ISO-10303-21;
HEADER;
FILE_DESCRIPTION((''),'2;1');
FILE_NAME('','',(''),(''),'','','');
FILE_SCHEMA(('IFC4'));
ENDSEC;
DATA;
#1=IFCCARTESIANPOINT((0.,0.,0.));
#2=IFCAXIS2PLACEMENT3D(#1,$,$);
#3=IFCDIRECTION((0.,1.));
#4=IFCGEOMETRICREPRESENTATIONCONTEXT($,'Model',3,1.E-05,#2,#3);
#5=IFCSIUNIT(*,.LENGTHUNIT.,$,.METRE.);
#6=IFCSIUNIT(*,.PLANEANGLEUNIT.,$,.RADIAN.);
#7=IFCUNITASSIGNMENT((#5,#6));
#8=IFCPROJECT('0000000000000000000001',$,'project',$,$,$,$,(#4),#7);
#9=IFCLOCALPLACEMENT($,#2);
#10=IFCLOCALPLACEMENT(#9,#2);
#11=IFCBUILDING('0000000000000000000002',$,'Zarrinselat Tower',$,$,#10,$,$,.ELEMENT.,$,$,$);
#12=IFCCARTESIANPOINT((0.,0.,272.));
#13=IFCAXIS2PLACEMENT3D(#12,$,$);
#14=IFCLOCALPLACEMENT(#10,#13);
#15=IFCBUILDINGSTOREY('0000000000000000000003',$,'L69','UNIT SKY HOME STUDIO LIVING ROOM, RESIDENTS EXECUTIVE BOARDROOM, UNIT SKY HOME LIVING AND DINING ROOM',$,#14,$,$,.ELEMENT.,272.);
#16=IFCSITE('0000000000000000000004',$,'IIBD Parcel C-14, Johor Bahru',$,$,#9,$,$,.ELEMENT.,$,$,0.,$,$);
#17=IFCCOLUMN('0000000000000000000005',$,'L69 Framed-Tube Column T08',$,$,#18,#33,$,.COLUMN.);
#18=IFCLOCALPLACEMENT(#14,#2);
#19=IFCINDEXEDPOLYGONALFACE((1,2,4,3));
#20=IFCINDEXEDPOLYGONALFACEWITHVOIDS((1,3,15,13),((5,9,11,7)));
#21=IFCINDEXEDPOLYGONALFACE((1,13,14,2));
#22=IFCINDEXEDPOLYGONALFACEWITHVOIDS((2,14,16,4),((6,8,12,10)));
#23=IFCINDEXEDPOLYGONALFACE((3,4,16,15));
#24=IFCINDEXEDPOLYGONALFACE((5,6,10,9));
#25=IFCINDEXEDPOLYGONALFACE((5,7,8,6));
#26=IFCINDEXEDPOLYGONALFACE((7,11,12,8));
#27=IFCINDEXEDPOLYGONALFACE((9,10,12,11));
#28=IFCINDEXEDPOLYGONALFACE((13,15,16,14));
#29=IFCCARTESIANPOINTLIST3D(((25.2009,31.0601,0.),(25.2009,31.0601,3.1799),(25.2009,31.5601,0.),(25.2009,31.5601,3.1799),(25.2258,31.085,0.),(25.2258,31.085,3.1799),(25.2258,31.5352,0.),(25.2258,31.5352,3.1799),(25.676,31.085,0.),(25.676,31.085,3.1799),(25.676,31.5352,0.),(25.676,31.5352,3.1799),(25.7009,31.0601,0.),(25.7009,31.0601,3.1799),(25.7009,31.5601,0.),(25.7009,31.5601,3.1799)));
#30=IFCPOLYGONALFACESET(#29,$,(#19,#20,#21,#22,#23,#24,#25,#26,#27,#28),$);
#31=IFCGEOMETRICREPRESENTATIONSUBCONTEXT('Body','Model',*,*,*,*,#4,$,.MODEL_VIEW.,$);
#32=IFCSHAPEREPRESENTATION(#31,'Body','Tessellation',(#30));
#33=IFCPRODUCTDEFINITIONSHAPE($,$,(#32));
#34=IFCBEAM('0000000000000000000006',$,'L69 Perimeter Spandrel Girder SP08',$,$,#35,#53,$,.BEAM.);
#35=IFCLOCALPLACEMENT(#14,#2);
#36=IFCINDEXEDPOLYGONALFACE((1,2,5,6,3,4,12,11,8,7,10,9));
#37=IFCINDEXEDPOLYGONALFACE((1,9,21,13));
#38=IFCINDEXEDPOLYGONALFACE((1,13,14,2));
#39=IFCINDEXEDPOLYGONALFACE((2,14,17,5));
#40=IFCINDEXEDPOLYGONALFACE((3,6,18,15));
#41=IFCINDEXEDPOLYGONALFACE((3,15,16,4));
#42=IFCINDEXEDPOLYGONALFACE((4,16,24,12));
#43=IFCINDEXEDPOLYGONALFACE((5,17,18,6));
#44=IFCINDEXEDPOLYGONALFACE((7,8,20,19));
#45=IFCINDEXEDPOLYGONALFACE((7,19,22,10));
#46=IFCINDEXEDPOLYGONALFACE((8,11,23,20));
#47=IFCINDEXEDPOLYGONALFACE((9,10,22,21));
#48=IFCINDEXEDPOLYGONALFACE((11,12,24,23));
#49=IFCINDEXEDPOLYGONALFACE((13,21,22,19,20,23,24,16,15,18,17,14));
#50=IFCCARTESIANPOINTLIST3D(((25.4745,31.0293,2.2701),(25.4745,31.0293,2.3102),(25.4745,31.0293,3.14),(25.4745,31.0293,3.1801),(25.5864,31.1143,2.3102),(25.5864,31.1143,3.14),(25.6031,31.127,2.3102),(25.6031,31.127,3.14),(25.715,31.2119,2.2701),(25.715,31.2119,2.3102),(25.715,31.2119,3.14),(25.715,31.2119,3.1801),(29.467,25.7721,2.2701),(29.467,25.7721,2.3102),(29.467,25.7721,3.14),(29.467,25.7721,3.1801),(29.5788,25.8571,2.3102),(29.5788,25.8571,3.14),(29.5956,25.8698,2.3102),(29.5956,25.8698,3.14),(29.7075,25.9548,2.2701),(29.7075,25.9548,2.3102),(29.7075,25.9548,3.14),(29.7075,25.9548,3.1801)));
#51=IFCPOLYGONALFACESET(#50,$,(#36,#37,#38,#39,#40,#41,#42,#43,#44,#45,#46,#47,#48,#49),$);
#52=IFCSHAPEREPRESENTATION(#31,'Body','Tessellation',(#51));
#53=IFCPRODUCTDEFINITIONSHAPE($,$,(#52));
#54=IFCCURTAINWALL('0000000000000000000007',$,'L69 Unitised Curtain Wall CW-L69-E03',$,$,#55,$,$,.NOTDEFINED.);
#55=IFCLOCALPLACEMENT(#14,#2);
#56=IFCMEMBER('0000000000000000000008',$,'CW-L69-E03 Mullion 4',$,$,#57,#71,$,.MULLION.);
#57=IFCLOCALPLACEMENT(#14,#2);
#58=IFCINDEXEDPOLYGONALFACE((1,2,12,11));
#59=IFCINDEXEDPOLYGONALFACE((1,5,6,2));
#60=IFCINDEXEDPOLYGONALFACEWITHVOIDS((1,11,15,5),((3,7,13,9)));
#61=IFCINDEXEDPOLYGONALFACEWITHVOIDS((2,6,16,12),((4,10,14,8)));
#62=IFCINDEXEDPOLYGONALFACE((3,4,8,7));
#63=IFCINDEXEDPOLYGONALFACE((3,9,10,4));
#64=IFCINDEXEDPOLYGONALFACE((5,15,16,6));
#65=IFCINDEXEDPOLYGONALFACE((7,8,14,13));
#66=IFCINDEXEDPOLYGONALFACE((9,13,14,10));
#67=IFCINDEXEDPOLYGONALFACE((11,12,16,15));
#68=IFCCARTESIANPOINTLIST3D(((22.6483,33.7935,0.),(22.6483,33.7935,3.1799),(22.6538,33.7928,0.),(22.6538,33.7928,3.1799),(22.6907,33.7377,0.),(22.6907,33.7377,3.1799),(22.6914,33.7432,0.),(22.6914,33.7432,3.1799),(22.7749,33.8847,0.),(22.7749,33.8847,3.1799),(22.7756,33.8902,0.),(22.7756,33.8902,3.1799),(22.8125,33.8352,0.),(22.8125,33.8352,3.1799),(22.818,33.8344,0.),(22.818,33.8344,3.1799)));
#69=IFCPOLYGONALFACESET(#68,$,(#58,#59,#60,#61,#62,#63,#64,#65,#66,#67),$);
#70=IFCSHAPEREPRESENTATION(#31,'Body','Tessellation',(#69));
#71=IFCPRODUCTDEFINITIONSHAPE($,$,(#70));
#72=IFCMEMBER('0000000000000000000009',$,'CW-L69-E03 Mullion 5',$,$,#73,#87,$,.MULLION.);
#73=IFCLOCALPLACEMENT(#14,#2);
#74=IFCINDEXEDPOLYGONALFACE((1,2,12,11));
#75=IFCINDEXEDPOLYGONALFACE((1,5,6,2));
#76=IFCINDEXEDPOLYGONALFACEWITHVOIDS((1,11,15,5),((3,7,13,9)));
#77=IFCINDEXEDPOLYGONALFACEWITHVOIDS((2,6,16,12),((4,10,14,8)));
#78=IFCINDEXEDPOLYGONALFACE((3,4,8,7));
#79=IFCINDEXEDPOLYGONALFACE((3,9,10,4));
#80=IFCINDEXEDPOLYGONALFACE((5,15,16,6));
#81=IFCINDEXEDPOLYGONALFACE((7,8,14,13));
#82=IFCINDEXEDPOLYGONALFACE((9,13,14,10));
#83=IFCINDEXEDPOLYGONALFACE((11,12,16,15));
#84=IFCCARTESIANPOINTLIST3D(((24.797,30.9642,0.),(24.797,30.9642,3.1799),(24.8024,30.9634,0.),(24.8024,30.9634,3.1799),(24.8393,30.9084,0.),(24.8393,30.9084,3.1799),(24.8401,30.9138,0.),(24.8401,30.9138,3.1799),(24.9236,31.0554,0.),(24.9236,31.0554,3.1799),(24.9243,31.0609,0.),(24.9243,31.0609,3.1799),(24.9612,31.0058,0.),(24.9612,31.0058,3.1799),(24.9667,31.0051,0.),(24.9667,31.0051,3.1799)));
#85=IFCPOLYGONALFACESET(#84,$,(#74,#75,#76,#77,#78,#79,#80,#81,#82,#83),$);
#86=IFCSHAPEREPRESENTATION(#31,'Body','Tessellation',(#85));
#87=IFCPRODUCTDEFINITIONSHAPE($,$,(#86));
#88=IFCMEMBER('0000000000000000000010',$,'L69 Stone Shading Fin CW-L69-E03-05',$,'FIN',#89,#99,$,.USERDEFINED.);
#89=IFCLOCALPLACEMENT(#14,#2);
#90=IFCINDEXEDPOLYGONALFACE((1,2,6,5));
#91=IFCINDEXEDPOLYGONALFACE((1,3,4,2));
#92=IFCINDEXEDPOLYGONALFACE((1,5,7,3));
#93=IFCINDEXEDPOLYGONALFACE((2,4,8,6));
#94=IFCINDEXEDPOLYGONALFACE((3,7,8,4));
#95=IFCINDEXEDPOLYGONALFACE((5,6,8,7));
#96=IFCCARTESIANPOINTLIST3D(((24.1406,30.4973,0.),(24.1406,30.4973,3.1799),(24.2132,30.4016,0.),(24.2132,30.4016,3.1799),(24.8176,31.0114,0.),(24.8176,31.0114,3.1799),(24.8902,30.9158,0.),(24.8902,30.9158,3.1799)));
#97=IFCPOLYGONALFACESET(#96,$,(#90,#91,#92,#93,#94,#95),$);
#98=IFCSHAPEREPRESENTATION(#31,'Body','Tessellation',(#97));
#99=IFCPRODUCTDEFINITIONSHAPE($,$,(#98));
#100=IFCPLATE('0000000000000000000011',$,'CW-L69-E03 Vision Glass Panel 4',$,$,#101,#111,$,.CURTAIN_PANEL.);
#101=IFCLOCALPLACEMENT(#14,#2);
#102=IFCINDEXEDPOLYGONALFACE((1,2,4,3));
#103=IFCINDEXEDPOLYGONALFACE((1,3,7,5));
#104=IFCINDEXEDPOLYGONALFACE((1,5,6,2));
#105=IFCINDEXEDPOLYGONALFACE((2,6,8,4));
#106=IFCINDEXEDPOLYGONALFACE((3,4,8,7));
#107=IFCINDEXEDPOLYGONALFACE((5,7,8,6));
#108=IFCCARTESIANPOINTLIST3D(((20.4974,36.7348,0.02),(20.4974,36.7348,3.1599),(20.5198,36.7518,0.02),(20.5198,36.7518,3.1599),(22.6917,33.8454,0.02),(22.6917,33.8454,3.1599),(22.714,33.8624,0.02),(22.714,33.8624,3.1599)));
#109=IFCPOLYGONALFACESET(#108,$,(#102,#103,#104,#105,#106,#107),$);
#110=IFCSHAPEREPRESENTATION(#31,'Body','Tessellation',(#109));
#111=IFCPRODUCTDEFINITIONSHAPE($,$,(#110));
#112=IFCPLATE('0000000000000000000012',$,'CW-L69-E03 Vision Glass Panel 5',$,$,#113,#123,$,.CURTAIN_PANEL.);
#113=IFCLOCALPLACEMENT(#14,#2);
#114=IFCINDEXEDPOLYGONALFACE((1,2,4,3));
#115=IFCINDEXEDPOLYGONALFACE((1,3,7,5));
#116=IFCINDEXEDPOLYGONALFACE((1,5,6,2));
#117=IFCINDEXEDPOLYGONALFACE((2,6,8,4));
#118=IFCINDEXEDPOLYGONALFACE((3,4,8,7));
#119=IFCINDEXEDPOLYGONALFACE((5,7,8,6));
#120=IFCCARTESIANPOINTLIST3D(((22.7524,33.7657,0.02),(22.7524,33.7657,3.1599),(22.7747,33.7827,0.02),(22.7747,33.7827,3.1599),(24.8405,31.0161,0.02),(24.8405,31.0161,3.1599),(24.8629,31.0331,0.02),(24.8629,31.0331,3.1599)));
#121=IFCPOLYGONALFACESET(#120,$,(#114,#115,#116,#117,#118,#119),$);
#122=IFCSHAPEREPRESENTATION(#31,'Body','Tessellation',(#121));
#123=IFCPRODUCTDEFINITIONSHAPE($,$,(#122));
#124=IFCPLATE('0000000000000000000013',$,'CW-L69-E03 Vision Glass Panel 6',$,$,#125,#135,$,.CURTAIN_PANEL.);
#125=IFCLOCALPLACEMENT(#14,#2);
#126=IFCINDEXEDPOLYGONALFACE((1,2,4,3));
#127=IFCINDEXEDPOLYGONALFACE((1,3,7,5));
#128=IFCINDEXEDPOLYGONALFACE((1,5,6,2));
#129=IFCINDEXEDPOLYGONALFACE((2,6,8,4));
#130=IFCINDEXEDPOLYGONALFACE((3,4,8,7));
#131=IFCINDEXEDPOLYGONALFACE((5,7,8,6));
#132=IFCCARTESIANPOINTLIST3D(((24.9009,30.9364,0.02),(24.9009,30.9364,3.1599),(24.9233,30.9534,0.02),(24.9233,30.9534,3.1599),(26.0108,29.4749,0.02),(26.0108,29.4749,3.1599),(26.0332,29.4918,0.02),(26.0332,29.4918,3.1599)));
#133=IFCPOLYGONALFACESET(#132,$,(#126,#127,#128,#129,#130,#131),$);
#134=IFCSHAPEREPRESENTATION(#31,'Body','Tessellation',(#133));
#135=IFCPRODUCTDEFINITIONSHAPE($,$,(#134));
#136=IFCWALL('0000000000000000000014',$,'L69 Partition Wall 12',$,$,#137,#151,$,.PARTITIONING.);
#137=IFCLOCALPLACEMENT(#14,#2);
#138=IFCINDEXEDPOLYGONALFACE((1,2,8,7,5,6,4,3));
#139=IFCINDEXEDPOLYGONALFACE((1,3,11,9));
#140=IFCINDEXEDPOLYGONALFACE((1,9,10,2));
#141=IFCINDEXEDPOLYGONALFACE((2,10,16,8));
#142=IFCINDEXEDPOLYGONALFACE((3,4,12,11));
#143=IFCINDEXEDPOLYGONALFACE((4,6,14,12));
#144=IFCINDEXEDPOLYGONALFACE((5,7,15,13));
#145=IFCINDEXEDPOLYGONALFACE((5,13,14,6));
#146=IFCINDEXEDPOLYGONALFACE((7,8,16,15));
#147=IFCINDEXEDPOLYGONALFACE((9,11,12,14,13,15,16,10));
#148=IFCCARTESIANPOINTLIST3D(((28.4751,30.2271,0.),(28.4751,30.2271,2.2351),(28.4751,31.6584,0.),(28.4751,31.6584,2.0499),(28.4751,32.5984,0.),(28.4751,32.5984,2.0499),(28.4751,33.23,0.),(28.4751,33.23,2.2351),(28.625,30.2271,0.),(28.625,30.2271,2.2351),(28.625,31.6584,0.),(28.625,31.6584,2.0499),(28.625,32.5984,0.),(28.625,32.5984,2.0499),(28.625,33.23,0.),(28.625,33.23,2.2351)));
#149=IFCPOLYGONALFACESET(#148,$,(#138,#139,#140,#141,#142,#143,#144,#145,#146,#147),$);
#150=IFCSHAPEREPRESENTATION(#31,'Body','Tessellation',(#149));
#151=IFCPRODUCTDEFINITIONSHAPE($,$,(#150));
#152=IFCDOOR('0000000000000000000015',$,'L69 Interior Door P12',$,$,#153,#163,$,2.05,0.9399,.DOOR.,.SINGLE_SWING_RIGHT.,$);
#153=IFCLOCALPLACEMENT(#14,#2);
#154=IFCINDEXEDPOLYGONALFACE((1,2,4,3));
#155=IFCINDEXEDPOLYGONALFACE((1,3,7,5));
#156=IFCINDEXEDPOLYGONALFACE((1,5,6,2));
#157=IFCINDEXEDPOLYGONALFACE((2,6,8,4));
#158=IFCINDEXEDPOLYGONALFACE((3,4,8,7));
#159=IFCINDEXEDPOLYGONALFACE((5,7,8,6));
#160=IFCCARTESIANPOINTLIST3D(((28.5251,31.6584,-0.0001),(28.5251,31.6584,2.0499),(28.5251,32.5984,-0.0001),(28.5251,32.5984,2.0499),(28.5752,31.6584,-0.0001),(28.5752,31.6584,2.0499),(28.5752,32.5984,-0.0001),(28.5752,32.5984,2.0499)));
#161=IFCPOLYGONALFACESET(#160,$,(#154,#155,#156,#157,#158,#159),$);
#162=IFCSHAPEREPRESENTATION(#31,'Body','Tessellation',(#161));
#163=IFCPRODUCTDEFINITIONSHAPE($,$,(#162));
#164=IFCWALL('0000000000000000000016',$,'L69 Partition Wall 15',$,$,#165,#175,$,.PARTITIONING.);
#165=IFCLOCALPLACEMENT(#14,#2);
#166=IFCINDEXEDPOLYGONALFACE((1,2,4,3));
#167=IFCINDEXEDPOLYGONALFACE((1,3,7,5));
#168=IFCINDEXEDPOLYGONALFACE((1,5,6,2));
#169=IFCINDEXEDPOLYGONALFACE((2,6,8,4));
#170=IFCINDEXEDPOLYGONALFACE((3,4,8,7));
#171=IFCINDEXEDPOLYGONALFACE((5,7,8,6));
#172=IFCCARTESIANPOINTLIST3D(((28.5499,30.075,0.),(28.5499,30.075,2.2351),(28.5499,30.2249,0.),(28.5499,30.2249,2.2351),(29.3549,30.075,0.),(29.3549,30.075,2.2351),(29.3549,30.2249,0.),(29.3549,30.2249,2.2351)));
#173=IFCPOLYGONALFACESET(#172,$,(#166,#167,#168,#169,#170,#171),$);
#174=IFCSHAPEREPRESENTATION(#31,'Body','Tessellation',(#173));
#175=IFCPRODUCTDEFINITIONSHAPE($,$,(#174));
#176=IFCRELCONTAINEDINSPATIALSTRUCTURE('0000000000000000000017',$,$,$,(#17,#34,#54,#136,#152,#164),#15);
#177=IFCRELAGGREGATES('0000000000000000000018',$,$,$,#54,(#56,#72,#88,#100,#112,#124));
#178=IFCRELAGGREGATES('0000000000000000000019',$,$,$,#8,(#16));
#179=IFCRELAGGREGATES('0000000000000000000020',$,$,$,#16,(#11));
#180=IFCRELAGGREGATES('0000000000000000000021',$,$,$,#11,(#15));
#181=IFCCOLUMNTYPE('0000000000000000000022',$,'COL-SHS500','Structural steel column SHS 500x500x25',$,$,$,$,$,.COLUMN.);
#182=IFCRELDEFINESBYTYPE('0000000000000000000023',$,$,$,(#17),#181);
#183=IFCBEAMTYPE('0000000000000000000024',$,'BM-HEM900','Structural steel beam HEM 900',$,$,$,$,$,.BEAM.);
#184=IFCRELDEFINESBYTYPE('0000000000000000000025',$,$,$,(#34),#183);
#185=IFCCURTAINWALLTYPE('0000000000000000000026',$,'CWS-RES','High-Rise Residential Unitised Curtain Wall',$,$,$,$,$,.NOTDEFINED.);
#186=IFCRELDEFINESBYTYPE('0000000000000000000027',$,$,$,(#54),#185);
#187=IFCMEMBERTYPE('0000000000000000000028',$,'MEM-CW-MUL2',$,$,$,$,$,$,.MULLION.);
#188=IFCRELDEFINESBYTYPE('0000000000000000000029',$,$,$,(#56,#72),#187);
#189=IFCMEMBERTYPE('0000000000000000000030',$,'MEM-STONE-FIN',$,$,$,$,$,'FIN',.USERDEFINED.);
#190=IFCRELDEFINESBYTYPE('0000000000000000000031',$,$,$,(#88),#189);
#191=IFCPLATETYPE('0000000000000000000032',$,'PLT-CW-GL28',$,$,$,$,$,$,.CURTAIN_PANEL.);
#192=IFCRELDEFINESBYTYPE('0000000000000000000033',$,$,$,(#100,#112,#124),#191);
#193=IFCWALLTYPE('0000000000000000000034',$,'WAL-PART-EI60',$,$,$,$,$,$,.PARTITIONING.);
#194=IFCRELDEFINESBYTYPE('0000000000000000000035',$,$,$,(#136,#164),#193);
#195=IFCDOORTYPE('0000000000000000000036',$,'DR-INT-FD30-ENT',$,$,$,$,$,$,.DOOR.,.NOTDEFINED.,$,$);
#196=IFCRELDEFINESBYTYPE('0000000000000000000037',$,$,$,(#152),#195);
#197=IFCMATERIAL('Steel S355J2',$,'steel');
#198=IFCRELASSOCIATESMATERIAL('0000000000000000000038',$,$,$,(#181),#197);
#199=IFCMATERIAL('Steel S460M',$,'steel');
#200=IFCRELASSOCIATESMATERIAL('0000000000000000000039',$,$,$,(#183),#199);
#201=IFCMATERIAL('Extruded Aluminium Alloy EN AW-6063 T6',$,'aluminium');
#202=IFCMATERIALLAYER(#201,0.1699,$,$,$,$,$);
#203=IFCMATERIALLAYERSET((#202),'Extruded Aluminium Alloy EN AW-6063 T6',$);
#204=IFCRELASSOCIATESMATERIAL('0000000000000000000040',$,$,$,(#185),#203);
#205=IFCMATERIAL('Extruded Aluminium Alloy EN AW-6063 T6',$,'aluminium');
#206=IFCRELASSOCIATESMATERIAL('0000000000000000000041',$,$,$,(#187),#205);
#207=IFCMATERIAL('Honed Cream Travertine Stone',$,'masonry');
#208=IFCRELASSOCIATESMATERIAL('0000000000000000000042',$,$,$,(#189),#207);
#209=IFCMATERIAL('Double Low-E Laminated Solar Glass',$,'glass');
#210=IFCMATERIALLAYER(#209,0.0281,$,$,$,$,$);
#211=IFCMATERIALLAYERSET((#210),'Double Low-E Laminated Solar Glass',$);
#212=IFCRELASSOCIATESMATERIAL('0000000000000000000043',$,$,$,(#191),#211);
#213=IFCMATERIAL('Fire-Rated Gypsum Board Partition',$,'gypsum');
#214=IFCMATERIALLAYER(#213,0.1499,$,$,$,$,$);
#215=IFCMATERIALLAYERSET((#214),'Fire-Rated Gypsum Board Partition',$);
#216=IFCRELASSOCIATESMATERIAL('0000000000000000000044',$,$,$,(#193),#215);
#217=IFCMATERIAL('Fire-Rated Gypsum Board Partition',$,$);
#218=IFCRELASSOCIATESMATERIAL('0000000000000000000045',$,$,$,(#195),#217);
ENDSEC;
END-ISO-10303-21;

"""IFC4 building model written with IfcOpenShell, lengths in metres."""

from ifc_helpers import new_model, si_unit, direction, frame, frame_2d, origin, origin_2d, place, context, subcontext, project, spatial, rectangle, hollow_rectangle, i_section, extrude, material, layer, layer_set, material_profile, profile_set, type_object, element, fill, aggregate, save


model = new_model("IFC4")

# Units and contexts
model_context = context("Model", 3, precision=1e-05, world=origin(), true_north=direction((0.0, 1.0)))
body_context = subcontext(model_context, "Body", "Model", "MODEL_VIEW")
ifc_project = project(units=[si_unit("LENGTHUNIT", "METRE"), si_unit("PLANEANGLEUNIT", "RADIAN")], contexts=[model_context])

# Site, building, storey
site_placement = place(None, origin())
site = spatial("IfcSite", under=ifc_project, at=site_placement, Name="IIBD Parcel C-14, Johor Bahru", CompositionType="ELEMENT", RefElevation=0.0)
building_placement = place(site_placement, origin())
building = spatial("IfcBuilding", under=site, at=building_placement, Name="Zarrinselat Tower", CompositionType="ELEMENT")
storey_placement = place(building_placement, frame((0.0, 0.0, 272.0)))
storey = spatial("IfcBuildingStorey", under=building, at=storey_placement, Name="L69", Description="UNIT SKY HOME STUDIO LIVING ROOM, RESIDENTS EXECUTIVE BOARDROOM, UNIT SKY HOME LIVING AND DINING ROOM", CompositionType="ELEMENT", Elevation=272.0)

# Column
ifc_material_1 = material(Name="Steel S355J2", Category="steel")
ifc_material_profile_1 = material_profile(ifc_material_1, hollow_rectangle(XDim=0.5, YDim=0.5, WallThickness=0.0249, at=origin_2d()), Name="SHS 500x500x25")
ifc_profile_set_1 = profile_set([ifc_material_profile_1], Name="Steel S355J2")
column_type = type_object("IfcColumnType", Name="COL-SHS500", Description="Structural steel column SHS 500x500x25", PredefinedType="COLUMN", material=ifc_profile_set_1)
column_placement = place(storey_placement, frame((25.4509, 31.3101, 0.0), z_axis=(0.0, 0.0, 1.0), x_axis=(1.0, 0.0, 0.0)))
element("IfcColumn", 1, at=column_placement, inside=storey, type_object=column_type, Name="L69 Framed-Tube Column T08", PredefinedType="COLUMN", context=body_context, shape_type="SweptSolid", body=[
    extrude(hollow_rectangle(XDim=0.5, YDim=0.5, WallThickness=0.0249, at=origin_2d()), origin(), (0.0, 0.0, 1.0), 3.1799),
])

# Beam
ifc_material_2 = material(Name="Steel S460M", Category="steel")
ifc_material_profile_2 = material_profile(ifc_material_2, i_section(OverallWidth=0.302, OverallDepth=0.9099, WebThickness=0.021, FlangeThickness=0.04, at=origin_2d()), Name="HEM 900")
ifc_profile_set_2 = profile_set([ifc_material_profile_2], Name="Steel S460M")
beam_type = type_object("IfcBeamType", Name="BM-HEM900", Description="Structural steel beam HEM 900", PredefinedType="BEAM", material=ifc_profile_set_2)
beam_placement = place(storey_placement, frame((25.5947, 31.1206, 2.7251), z_axis=(0.6048, -0.796377, 0.0), x_axis=(0.796377, 0.6048, 0.0)))
element("IfcBeam", 2, at=beam_placement, inside=storey, type_object=beam_type, Name="L69 Perimeter Spandrel Girder SP08", PredefinedType="BEAM", context=body_context, shape_type="SweptSolid", body=[
    extrude(i_section(OverallWidth=0.302, OverallDepth=0.9099, WebThickness=0.021, FlangeThickness=0.04, at=origin_2d()), origin(), (0.0, 0.0, 1.0), 6.6013),
])

# Curtain wall, members, plates
ifc_material_3 = material(Name="Extruded Aluminium Alloy EN AW-6063 T6", Category="aluminium")
ifc_layer_1 = layer(ifc_material_3, 0.1699)
ifc_layer_set_1 = layer_set([ifc_layer_1], Name="Extruded Aluminium Alloy EN AW-6063 T6")
curtain_wall_type = type_object("IfcCurtainWallType", Name="CWS-RES", Description="High-Rise Residential Unitised Curtain Wall", PredefinedType="NOTDEFINED", material=ifc_layer_set_1)
curtain_wall_placement = place(storey_placement, origin())
curtain_wall = element("IfcCurtainWall", 3, at=curtain_wall_placement, inside=storey, type_object=curtain_wall_type, Name="L69 Unitised Curtain Wall CW-L69-E03", PredefinedType="NOTDEFINED")
ifc_material_4 = material(Name="Extruded Aluminium Alloy EN AW-6063 T6", Category="aluminium")
ifc_material_profile_3 = material_profile(ifc_material_4, hollow_rectangle(XDim=0.0701, YDim=0.1599, WallThickness=0.0039, at=origin_2d()), Name="RHS 160x70x4")
ifc_profile_set_3 = profile_set([ifc_material_profile_3], Name="Extruded Aluminium Alloy EN AW-6063 T6")
member_type_1 = type_object("IfcMemberType", Name="MEM-CW-MUL2", PredefinedType="MULLION", material=ifc_profile_set_3)
member_1_placement = place(storey_placement, frame((22.7332, 33.814, 0.0), z_axis=(0.0, 0.0, 1.0), x_axis=(0.604788, -0.796387, 0.0)))
member_1 = element("IfcMember", 4, at=member_1_placement, type_object=member_type_1, Name="CW-L69-E03 Mullion 4", PredefinedType="MULLION", context=body_context, shape_type="SweptSolid", body=[
    extrude(hollow_rectangle(XDim=0.0701, YDim=0.1599, WallThickness=0.0039, at=origin_2d()), origin(), (0.0, 0.0, 1.0), 3.1799),
])
member_2_placement = place(storey_placement, frame((24.8818, 30.9846, 0.0), z_axis=(0.0, 0.0, 1.0), x_axis=(0.604788, -0.796387, 0.0)))
member_2 = element("IfcMember", 5, at=member_2_placement, type_object=member_type_1, Name="CW-L69-E03 Mullion 5", PredefinedType="MULLION", context=body_context, shape_type="SweptSolid", body=[
    extrude(hollow_rectangle(XDim=0.0701, YDim=0.1599, WallThickness=0.0039, at=origin_2d()), origin(), (0.0, 0.0, 1.0), 3.1799),
])
ifc_material_5 = material(Name="Honed Cream Travertine Stone", Category="masonry")
ifc_material_profile_4 = material_profile(ifc_material_5, rectangle(XDim=0.1201, YDim=0.8501, at=origin_2d()), Name="FIN 850x120")
ifc_profile_set_4 = profile_set([ifc_material_profile_4], Name="Honed Cream Travertine Stone")
member_type_2 = type_object("IfcMemberType", Name="MEM-STONE-FIN", ElementType="FIN", PredefinedType="USERDEFINED", material=ifc_profile_set_4)
member_3_placement = place(storey_placement, frame((24.5154, 30.7065, 0.0), z_axis=(0.0, 0.0, 1.0), x_axis=(-0.604788, 0.796387, 0.0)))
member_3 = element("IfcMember", 6, at=member_3_placement, type_object=member_type_2, Name="L69 Stone Shading Fin CW-L69-E03-05", ObjectType="FIN", PredefinedType="USERDEFINED", context=body_context, shape_type="SweptSolid", body=[
    extrude(rectangle(XDim=0.1201, YDim=0.8501, at=origin_2d()), origin(), (0.0, 0.0, 1.0), 3.1799),
])
ifc_material_6 = material(Name="Double Low-E Laminated Solar Glass", Category="glass")
ifc_layer_2 = layer(ifc_material_6, 0.0281)
ifc_layer_set_2 = layer_set([ifc_layer_2], Name="Double Low-E Laminated Solar Glass")
plate_type = type_object("IfcPlateType", Name="PLT-CW-GL28", PredefinedType="CURTAIN_PANEL", material=ifc_layer_set_2)
plate_1_placement = place(storey_placement, frame((21.6057, 35.2986, 0.02), z_axis=(0.0, 0.0, 1.0), x_axis=(0.604788, -0.796387, 0.0)))
plate_1 = element("IfcPlate", 7, at=plate_1_placement, type_object=plate_type, Name="CW-L69-E03 Vision Glass Panel 4", PredefinedType="CURTAIN_PANEL", context=body_context, shape_type="SweptSolid", body=[
    extrude(rectangle(XDim=3.6282, YDim=0.0281, at=origin_2d()), origin(), (0.0, 0.0, 1.0), 3.1399),
])
plate_2_placement = place(storey_placement, frame((23.8076, 32.3994, 0.02), z_axis=(0.0, 0.0, 1.0), x_axis=(0.604788, -0.796387, 0.0)))
plate_2 = element("IfcPlate", 8, at=plate_2_placement, type_object=plate_type, Name="CW-L69-E03 Vision Glass Panel 5", PredefinedType="CURTAIN_PANEL", context=body_context, shape_type="SweptSolid", body=[
    extrude(rectangle(XDim=3.4526, YDim=0.0281, at=origin_2d()), origin(), (0.0, 0.0, 1.0), 3.1399),
])
plate_3_placement = place(storey_placement, frame((25.467, 30.2141, 0.02), z_axis=(0.0, 0.0, 1.0), x_axis=(0.604788, -0.796387, 0.0)))
plate_3 = element("IfcPlate", 9, at=plate_3_placement, type_object=plate_type, Name="CW-L69-E03 Vision Glass Panel 6", PredefinedType="CURTAIN_PANEL", context=body_context, shape_type="SweptSolid", body=[
    extrude(rectangle(XDim=1.8352, YDim=0.0281, at=origin_2d()), origin(), (0.0, 0.0, 1.0), 3.1399),
])
aggregate(curtain_wall, [member_1, member_2, member_3, plate_1, plate_2, plate_3])

# Wall, opening, door
ifc_material_7 = material(Name="Fire-Rated Gypsum Board Partition", Category="gypsum")
ifc_layer_3 = layer(ifc_material_7, 0.1499)
ifc_layer_set_3 = layer_set([ifc_layer_3], Name="Fire-Rated Gypsum Board Partition")
wall_type_1 = type_object("IfcWallType", Name="WAL-PART-EI60", PredefinedType="PARTITIONING", material=ifc_layer_set_3)
wall_1_placement = place(storey_placement, frame((28.55, 30.2271, 0.0), z_axis=(0.0, 0.0, 1.0), x_axis=(0.0, 1.0, 0.0)))
wall_1 = element("IfcWall", 10, at=wall_1_placement, inside=storey, type_object=wall_type_1, Name="L69 Partition Wall 12", PredefinedType="PARTITIONING", context=body_context, shape_type="SweptSolid", body=[
    extrude(rectangle(XDim=3.0029, YDim=0.1499, at=frame_2d((1.5015, 0.0))), origin(), (0.0, 0.0, 1.0), 2.2351),
])
opening_1_placement = place(wall_1_placement, frame((1.4314, 0.0, 0.0)))
opening_1 = element("IfcOpeningElement", 11, at=opening_1_placement, cuts=wall_1, PredefinedType="OPENING", context=body_context, shape_type="SweptSolid", body=[
    extrude(rectangle(XDim=0.9399, YDim=2.05, at=frame_2d((0.47, 1.0249))), frame((0.0, 0.085, 0.0), z_axis=(0.0, -1.0, 0.0), x_axis=(1.0, 0.0, 0.0)), (0.0, 0.0, 1.0), 0.1699),
])
ifc_material_8 = material(Name="Fire-Rated Gypsum Board Partition")
door_type_1 = type_object("IfcDoorType", Name="DR-INT-FD30-ENT", OperationType="NOTDEFINED", PredefinedType="DOOR", material=ifc_material_8)
door_1_placement = place(opening_1_placement, origin())
door_1 = element("IfcDoor", 12, at=door_1_placement, inside=storey, type_object=door_type_1, Name="L69 Interior Door P12", OperationType="SINGLE_SWING_RIGHT", OverallHeight=2.05, OverallWidth=0.9399, PredefinedType="DOOR", context=body_context, shape_type="SweptSolid", body=[
    extrude(rectangle(XDim=0.9399, YDim=2.05, at=frame_2d((0.47, 1.0249))), frame((0.0, 0.0249, 0.0), z_axis=(0.0, -1.0, 0.0), x_axis=(1.0, 0.0, 0.0)), (0.0, 0.0, 1.0), 0.05),
])
fill(opening_1, door_1)

# Wall
wall_2_placement = place(storey_placement, frame((28.55, 30.1499, 0.0), z_axis=(0.0, 0.0, 1.0), x_axis=(1.0, 0.0, 0.0)))
element("IfcWall", 13, at=wall_2_placement, inside=storey, type_object=wall_type_1, Name="L69 Partition Wall 15", PredefinedType="PARTITIONING", context=body_context, shape_type="SweptSolid", body=[
    extrude(rectangle(XDim=0.8049, YDim=0.1499, at=frame_2d((0.4023, 0.0))), origin(), (0.0, 0.0, 1.0), 2.2351),
])

save(model, "model.ifc")
